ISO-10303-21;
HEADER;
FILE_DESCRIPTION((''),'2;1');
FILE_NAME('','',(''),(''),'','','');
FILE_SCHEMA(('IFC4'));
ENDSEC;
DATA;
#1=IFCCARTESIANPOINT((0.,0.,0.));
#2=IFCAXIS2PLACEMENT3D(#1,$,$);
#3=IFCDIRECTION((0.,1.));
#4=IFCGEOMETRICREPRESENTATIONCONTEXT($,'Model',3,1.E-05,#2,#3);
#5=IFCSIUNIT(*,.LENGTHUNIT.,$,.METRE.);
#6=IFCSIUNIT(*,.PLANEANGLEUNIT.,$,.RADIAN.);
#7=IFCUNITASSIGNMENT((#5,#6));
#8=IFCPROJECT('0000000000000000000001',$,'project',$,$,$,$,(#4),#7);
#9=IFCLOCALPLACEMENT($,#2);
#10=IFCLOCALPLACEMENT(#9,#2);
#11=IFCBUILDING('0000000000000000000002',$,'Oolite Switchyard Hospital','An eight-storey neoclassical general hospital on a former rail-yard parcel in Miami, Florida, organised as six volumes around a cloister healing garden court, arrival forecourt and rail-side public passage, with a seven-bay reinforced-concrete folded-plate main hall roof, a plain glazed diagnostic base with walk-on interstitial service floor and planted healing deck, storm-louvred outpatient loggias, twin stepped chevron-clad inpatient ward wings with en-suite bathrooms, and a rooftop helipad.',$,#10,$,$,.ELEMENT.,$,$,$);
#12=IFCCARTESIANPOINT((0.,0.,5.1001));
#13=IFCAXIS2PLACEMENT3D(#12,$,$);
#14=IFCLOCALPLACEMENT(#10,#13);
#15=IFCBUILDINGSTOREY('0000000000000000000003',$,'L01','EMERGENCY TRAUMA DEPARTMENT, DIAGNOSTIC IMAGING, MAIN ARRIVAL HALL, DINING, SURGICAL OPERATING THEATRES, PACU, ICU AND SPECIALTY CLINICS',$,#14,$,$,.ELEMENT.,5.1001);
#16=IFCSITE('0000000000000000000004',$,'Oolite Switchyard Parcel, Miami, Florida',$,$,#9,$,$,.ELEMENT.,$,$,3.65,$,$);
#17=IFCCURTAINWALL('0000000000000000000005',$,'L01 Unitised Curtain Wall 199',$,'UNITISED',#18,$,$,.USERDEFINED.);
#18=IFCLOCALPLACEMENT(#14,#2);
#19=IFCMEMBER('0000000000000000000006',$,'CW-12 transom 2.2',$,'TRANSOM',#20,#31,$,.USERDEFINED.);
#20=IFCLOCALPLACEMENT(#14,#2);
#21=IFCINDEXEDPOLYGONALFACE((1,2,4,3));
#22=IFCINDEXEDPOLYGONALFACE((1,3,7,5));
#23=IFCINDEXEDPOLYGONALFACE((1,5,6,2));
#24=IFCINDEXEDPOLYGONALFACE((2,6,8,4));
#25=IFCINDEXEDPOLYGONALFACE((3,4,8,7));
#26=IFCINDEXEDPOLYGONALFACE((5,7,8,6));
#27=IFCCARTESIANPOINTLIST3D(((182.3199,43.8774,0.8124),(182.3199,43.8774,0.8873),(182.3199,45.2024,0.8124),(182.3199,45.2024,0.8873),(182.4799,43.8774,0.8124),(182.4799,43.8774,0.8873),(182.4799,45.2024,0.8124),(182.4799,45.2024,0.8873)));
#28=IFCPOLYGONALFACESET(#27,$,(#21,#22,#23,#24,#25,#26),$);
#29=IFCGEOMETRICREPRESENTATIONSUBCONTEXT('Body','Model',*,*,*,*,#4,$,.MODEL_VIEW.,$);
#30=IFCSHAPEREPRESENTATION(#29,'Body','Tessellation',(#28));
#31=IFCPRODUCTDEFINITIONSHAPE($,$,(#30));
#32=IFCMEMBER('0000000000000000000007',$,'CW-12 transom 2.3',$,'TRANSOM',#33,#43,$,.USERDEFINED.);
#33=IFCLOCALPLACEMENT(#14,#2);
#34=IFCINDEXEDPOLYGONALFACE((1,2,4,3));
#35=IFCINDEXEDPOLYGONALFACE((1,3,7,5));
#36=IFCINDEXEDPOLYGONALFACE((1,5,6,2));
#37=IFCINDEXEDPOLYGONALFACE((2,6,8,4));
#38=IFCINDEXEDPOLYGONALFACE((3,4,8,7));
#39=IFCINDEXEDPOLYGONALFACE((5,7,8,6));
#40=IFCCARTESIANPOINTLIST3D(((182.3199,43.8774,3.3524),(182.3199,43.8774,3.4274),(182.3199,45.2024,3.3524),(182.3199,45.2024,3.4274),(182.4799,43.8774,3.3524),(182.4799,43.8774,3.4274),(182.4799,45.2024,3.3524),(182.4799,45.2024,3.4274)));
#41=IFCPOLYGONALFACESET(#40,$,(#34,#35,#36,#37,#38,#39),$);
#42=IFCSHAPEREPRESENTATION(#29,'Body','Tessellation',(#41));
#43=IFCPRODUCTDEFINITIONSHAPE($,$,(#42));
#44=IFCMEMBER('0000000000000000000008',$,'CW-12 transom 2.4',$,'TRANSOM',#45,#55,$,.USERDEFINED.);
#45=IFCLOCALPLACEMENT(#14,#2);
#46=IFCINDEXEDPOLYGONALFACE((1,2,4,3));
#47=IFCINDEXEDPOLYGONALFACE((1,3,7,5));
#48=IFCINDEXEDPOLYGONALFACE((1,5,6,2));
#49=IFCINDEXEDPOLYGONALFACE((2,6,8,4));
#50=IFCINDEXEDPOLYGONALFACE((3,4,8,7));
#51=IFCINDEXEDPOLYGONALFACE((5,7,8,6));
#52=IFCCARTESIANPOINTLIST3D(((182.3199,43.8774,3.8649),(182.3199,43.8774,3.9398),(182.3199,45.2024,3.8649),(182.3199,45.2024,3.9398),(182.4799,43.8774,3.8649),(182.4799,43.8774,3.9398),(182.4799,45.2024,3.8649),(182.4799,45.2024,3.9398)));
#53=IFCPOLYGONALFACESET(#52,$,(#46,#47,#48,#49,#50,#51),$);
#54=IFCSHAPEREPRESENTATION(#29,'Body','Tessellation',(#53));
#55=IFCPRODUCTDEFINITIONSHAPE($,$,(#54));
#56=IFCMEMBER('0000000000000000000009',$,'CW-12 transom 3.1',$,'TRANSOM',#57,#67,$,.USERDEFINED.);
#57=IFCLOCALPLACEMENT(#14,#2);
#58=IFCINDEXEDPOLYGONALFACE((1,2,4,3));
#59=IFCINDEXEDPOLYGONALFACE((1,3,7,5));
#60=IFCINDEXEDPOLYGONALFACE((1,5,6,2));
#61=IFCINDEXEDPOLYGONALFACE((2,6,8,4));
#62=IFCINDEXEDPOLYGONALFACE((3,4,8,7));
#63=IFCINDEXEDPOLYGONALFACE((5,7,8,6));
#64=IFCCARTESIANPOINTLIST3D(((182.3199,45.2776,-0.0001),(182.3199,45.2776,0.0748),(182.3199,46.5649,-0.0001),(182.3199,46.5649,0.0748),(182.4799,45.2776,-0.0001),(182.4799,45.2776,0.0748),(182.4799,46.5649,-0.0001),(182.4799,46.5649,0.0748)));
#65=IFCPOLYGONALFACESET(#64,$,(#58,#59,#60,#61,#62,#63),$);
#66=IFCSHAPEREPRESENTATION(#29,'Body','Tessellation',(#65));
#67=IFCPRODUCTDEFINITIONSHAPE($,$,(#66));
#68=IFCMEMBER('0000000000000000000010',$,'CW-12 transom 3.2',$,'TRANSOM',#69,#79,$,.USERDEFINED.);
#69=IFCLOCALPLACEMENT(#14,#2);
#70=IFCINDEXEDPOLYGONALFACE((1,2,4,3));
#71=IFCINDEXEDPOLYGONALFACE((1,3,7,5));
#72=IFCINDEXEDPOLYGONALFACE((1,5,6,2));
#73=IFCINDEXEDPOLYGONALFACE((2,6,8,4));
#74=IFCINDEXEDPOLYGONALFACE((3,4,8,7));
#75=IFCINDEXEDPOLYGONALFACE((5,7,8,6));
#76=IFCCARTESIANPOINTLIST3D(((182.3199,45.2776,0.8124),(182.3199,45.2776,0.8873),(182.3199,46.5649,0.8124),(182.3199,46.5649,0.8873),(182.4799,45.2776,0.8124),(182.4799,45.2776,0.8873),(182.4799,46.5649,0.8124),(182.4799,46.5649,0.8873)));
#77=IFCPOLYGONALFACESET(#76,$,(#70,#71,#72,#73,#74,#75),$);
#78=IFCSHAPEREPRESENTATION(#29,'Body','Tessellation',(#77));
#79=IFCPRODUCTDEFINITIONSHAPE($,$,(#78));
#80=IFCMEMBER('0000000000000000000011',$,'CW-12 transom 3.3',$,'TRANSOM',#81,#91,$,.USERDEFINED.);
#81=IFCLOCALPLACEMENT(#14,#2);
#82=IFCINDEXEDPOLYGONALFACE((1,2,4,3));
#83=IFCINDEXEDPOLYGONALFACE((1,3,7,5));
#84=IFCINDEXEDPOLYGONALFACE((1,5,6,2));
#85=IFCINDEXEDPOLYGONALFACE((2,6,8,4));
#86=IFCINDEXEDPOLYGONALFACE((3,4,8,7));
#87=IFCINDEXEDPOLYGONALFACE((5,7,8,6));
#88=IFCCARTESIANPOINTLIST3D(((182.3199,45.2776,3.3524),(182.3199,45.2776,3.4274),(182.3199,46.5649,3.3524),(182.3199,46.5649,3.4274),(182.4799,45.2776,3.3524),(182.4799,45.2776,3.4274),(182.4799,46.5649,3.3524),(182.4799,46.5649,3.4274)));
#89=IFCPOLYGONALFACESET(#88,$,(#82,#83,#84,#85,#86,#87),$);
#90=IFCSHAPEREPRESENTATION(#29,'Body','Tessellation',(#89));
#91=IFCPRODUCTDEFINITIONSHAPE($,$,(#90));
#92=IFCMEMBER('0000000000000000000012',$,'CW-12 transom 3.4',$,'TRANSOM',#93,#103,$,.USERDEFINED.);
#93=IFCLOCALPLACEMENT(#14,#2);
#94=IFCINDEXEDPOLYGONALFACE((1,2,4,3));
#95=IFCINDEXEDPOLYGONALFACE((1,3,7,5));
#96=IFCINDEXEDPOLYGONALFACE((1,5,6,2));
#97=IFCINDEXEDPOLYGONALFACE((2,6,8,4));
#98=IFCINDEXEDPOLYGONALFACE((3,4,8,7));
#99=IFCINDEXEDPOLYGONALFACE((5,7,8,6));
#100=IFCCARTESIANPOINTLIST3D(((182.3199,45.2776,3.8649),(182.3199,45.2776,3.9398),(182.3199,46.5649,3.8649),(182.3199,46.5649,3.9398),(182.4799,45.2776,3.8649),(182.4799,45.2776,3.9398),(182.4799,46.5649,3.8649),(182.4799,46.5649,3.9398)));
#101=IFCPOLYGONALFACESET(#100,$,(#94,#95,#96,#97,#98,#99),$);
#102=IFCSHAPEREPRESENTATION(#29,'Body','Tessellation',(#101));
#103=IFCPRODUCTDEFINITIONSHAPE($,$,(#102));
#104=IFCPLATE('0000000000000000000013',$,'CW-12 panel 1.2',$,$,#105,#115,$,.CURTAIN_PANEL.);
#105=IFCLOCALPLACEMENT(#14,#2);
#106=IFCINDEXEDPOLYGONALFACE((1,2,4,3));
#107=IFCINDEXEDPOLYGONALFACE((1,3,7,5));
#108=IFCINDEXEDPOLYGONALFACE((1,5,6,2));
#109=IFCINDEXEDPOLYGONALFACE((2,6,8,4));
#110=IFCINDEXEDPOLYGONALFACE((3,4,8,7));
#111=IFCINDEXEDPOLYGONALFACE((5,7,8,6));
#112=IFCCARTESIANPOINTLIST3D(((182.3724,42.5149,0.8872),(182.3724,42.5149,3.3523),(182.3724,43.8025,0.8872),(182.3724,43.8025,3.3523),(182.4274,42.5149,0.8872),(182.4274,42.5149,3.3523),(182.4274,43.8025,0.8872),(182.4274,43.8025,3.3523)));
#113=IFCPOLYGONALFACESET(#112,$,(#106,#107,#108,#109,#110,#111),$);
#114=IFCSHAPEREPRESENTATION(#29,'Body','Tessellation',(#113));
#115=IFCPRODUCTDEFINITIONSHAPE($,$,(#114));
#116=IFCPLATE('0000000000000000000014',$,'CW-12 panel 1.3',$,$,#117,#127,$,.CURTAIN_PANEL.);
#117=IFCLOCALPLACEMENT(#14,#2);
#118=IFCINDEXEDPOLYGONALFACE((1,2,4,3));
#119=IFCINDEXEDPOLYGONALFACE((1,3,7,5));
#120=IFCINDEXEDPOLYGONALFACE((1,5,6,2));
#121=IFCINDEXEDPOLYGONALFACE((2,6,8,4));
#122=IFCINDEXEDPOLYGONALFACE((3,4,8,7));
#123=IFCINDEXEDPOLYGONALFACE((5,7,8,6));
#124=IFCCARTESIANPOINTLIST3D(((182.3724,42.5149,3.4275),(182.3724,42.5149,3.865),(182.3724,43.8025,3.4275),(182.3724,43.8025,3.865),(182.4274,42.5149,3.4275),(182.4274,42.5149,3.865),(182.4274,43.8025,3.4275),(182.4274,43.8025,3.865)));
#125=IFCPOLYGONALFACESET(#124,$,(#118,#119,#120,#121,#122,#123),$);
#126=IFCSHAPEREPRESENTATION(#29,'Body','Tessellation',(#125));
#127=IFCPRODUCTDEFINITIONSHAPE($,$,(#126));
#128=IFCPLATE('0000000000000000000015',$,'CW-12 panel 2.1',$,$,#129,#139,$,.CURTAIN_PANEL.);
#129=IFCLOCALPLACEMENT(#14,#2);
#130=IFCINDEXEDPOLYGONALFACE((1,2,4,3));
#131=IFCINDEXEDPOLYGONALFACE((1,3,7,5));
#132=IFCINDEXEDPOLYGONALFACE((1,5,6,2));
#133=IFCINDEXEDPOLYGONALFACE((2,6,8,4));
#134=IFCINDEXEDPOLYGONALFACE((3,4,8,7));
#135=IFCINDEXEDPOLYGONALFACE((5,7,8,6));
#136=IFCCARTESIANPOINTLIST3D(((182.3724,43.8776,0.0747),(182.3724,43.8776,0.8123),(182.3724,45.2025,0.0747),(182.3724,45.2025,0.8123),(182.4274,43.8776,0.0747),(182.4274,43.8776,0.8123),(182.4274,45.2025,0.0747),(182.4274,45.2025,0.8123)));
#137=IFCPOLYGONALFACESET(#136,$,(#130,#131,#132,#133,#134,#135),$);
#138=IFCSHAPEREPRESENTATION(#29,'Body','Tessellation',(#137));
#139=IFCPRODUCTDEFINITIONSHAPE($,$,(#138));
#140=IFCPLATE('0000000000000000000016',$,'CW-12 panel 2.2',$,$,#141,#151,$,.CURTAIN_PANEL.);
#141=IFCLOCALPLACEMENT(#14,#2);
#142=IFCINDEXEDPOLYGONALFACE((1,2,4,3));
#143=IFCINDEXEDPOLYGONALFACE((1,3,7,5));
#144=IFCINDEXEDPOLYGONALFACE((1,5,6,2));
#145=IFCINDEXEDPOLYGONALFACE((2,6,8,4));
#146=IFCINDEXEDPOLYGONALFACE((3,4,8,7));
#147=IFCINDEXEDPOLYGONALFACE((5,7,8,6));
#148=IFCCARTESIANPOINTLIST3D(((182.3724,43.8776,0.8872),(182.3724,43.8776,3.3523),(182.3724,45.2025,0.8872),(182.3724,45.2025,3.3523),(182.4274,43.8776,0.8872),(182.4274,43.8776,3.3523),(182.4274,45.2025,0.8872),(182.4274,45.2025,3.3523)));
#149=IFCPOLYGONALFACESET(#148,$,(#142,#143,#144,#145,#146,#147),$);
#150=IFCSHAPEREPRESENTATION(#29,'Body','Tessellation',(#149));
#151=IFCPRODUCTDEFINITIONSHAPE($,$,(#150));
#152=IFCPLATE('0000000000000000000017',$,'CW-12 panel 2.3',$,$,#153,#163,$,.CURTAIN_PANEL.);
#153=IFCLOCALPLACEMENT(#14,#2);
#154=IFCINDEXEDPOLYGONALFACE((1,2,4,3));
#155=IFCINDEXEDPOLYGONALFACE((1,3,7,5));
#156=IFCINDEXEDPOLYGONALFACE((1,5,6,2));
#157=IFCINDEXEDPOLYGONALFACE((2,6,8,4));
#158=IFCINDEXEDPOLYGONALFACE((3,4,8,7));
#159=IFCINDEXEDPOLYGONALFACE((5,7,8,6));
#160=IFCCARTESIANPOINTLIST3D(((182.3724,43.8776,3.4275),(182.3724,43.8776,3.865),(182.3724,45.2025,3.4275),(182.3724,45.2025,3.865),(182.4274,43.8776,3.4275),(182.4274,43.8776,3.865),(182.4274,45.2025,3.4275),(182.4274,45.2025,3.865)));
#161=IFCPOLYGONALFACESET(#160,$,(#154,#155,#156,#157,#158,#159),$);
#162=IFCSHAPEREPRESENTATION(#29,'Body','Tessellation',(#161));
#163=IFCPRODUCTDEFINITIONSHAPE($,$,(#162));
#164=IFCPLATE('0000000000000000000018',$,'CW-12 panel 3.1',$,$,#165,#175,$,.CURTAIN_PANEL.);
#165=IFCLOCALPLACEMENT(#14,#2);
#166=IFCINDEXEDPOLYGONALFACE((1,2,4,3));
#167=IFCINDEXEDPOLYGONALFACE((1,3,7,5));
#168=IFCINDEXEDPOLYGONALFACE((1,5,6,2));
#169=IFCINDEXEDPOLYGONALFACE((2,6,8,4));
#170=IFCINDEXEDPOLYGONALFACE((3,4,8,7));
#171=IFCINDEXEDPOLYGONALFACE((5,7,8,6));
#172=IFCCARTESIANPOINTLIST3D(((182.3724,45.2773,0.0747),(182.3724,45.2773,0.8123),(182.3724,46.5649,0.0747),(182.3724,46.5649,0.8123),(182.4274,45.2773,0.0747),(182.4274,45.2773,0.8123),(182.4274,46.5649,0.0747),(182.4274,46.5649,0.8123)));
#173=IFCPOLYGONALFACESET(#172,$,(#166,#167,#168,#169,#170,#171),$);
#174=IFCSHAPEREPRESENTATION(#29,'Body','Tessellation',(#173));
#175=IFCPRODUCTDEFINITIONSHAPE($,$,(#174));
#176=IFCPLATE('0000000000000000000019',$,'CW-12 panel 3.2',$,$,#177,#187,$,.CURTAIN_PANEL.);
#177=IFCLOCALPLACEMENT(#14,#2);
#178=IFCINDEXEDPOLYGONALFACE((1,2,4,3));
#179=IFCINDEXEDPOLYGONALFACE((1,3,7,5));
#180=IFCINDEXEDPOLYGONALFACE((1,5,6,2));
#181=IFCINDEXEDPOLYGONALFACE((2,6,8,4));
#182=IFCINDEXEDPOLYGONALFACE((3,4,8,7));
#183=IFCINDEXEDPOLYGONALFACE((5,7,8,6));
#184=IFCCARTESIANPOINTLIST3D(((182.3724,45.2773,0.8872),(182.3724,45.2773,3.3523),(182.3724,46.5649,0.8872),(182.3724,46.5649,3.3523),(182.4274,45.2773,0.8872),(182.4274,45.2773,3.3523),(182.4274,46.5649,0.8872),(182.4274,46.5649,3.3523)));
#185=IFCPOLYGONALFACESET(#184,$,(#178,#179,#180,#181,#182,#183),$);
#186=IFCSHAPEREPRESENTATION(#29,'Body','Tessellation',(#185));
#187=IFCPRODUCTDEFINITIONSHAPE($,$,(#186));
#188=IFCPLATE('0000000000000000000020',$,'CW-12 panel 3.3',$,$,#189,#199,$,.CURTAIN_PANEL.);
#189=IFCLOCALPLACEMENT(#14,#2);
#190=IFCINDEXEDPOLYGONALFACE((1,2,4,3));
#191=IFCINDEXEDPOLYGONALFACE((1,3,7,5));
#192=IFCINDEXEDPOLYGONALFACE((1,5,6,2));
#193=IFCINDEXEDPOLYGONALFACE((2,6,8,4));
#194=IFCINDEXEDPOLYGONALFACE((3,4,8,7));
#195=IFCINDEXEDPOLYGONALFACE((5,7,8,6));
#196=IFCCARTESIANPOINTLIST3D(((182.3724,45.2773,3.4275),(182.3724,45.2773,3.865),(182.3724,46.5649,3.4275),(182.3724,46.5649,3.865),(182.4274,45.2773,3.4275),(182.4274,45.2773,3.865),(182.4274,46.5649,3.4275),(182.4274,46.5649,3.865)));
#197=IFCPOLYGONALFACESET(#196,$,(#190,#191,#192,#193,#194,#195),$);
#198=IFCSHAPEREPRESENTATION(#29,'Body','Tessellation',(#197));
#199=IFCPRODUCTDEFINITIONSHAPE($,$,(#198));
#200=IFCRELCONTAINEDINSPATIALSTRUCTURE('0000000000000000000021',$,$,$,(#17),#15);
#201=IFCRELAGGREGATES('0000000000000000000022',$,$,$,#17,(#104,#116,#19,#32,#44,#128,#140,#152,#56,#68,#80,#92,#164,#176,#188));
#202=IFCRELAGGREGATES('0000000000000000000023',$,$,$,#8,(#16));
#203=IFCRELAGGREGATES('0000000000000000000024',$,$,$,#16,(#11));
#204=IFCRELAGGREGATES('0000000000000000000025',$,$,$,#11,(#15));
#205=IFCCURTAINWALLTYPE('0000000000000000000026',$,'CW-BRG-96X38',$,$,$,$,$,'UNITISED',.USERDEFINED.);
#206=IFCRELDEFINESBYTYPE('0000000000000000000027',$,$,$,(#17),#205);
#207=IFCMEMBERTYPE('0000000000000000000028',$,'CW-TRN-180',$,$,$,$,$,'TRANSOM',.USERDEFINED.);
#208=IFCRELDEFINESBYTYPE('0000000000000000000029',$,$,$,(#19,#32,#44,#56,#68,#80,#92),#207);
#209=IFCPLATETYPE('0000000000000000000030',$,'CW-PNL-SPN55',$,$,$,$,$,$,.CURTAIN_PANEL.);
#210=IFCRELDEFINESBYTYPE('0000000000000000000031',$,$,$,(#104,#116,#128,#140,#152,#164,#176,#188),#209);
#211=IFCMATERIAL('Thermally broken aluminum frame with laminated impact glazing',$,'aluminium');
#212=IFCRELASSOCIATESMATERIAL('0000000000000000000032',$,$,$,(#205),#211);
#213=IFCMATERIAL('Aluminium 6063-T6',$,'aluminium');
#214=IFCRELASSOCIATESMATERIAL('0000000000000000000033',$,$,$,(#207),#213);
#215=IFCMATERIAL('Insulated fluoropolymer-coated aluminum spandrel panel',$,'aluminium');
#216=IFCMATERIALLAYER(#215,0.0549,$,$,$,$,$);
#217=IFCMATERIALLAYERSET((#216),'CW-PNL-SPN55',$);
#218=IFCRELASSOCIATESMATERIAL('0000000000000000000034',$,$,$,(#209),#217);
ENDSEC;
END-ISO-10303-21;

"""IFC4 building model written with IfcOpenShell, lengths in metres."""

from ifc_helpers import new_model, si_unit, direction, frame, origin, origin_2d, place, context, subcontext, project, spatial, rectangle, extrude, material, layer, layer_set, material_profile, profile_set, type_object, element, aggregate, save


model = new_model("IFC4")

# Units and contexts
model_context = context("Model", 3, precision=1e-05, world=origin(), true_north=direction((0.0, 1.0)))
body_context = subcontext(model_context, "Body", "Model", "MODEL_VIEW")
ifc_project = project(units=[si_unit("LENGTHUNIT", "METRE"), si_unit("PLANEANGLEUNIT", "RADIAN")], contexts=[model_context])

# Site, building, storey
site_placement = place(None, origin())
site = spatial("IfcSite", under=ifc_project, at=site_placement, Name="Oolite Switchyard Parcel, Miami, Florida", CompositionType="ELEMENT", RefElevation=3.65)
building_placement = place(site_placement, origin())
building = spatial("IfcBuilding", under=site, at=building_placement, Name="Oolite Switchyard Hospital", Description="An eight-storey neoclassical general hospital on a former rail-yard parcel in Miami, Florida, organised as six volumes around a cloister healing garden court, arrival forecourt and rail-side public passage, with a seven-bay reinforced-concrete folded-plate main hall roof, a plain glazed diagnostic base with walk-on interstitial service floor and planted healing deck, storm-louvred outpatient loggias, twin stepped chevron-clad inpatient ward wings with en-suite bathrooms, and a rooftop helipad.", CompositionType="ELEMENT")
storey_placement = place(building_placement, frame((0.0, 0.0, 5.1001)))
storey = spatial("IfcBuildingStorey", under=building, at=storey_placement, Name="L01", Description="EMERGENCY TRAUMA DEPARTMENT, DIAGNOSTIC IMAGING, MAIN ARRIVAL HALL, DINING, SURGICAL OPERATING THEATRES, PACU, ICU AND SPECIALTY CLINICS", CompositionType="ELEMENT", Elevation=5.1001)

# Curtain wall, members, plates
ifc_material_1 = material(Name="Thermally broken aluminum frame with laminated impact glazing", Category="aluminium")
curtain_wall_type = type_object("IfcCurtainWallType", Name="CW-BRG-96X38", ElementType="UNITISED", PredefinedType="USERDEFINED", material=ifc_material_1)
curtain_wall_placement = place(storey_placement, origin())
curtain_wall = element("IfcCurtainWall", 1, at=curtain_wall_placement, inside=storey, type_object=curtain_wall_type, Name="L01 Unitised Curtain Wall 199", ObjectType="UNITISED", PredefinedType="USERDEFINED")
ifc_material_2 = material(Name="Aluminium 6063-T6", Category="aluminium")
ifc_material_profile_1 = material_profile(ifc_material_2, rectangle(XDim=0.1599, YDim=0.075, at=origin_2d()), Name="CWT75X160")
ifc_profile_set_1 = profile_set([ifc_material_profile_1], Name="Aluminium 6063-T6")
member_type_1 = type_object("IfcMemberType", Name="CW-TRN-180", ElementType="TRANSOM", PredefinedType="USERDEFINED", material=ifc_profile_set_1)
member_1_placement = place(storey_placement, frame((182.3999, 43.8774, 0.8499), z_axis=(0.0, 1.0, 0.0), x_axis=(-1.0, 0.0, 0.0)))
member_1 = element("IfcMember", 2, at=member_1_placement, type_object=member_type_1, Name="CW-12 transom 2.2", ObjectType="TRANSOM", PredefinedType="USERDEFINED", context=body_context, shape_type="SweptSolid", body=[
    extrude(rectangle(XDim=0.1599, YDim=0.075, at=origin_2d()), origin(), (0.0, 0.0, 1.0), 1.325),
])
member_2_placement = place(storey_placement, frame((182.3999, 43.8774, 3.3899), z_axis=(0.0, 1.0, 0.0), x_axis=(-1.0, 0.0, 0.0)))
member_2 = element("IfcMember", 3, at=member_2_placement, type_object=member_type_1, Name="CW-12 transom 2.3", ObjectType="TRANSOM", PredefinedType="USERDEFINED", context=body_context, shape_type="SweptSolid", body=[
    extrude(rectangle(XDim=0.1599, YDim=0.075, at=origin_2d()), origin(), (0.0, 0.0, 1.0), 1.325),
])
member_3_placement = place(storey_placement, frame((182.3999, 43.8774, 3.9023), z_axis=(0.0, 1.0, 0.0), x_axis=(-1.0, 0.0, 0.0)))
member_3 = element("IfcMember", 4, at=member_3_placement, type_object=member_type_1, Name="CW-12 transom 2.4", ObjectType="TRANSOM", PredefinedType="USERDEFINED", context=body_context, shape_type="SweptSolid", body=[
    extrude(rectangle(XDim=0.1599, YDim=0.075, at=origin_2d()), origin(), (0.0, 0.0, 1.0), 1.325),
])
member_4_placement = place(storey_placement, frame((182.3999, 45.2776, 0.0374), z_axis=(0.0, 1.0, 0.0), x_axis=(-1.0, 0.0, 0.0)))
member_4 = element("IfcMember", 5, at=member_4_placement, type_object=member_type_1, Name="CW-12 transom 3.1", ObjectType="TRANSOM", PredefinedType="USERDEFINED", context=body_context, shape_type="SweptSolid", body=[
    extrude(rectangle(XDim=0.1599, YDim=0.075, at=origin_2d()), origin(), (0.0, 0.0, 1.0), 1.2874),
])
member_5_placement = place(storey_placement, frame((182.3999, 45.2776, 0.8499), z_axis=(0.0, 1.0, 0.0), x_axis=(-1.0, 0.0, 0.0)))
member_5 = element("IfcMember", 6, at=member_5_placement, type_object=member_type_1, Name="CW-12 transom 3.2", ObjectType="TRANSOM", PredefinedType="USERDEFINED", context=body_context, shape_type="SweptSolid", body=[
    extrude(rectangle(XDim=0.1599, YDim=0.075, at=origin_2d()), origin(), (0.0, 0.0, 1.0), 1.2874),
])
member_6_placement = place(storey_placement, frame((182.3999, 45.2776, 3.3899), z_axis=(0.0, 1.0, 0.0), x_axis=(-1.0, 0.0, 0.0)))
member_6 = element("IfcMember", 7, at=member_6_placement, type_object=member_type_1, Name="CW-12 transom 3.3", ObjectType="TRANSOM", PredefinedType="USERDEFINED", context=body_context, shape_type="SweptSolid", body=[
    extrude(rectangle(XDim=0.1599, YDim=0.075, at=origin_2d()), origin(), (0.0, 0.0, 1.0), 1.2874),
])
member_7_placement = place(storey_placement, frame((182.3999, 45.2776, 3.9023), z_axis=(0.0, 1.0, 0.0), x_axis=(-1.0, 0.0, 0.0)))
member_7 = element("IfcMember", 8, at=member_7_placement, type_object=member_type_1, Name="CW-12 transom 3.4", ObjectType="TRANSOM", PredefinedType="USERDEFINED", context=body_context, shape_type="SweptSolid", body=[
    extrude(rectangle(XDim=0.1599, YDim=0.075, at=origin_2d()), origin(), (0.0, 0.0, 1.0), 1.2874),
])
ifc_material_3 = material(Name="Insulated fluoropolymer-coated aluminum spandrel panel", Category="aluminium")
ifc_layer = layer(ifc_material_3, 0.0549)
ifc_layer_set = layer_set([ifc_layer], Name="CW-PNL-SPN55")
plate_type = type_object("IfcPlateType", Name="CW-PNL-SPN55", PredefinedType="CURTAIN_PANEL", material=ifc_layer_set)
plate_1_placement = place(storey_placement, frame((182.3999, 43.1587, 0.8872), z_axis=(0.0, 0.0, 1.0), x_axis=(0.0, 1.0, 0.0)))
plate_1 = element("IfcPlate", 9, at=plate_1_placement, type_object=plate_type, Name="CW-12 panel 1.2", PredefinedType="CURTAIN_PANEL", context=body_context, shape_type="SweptSolid", body=[
    extrude(rectangle(XDim=1.2876, YDim=0.0549, at=origin_2d()), origin(), (0.0, 0.0, 1.0), 2.4651),
])
plate_2_placement = place(storey_placement, frame((182.3999, 43.1587, 3.4275), z_axis=(0.0, 0.0, 1.0), x_axis=(0.0, 1.0, 0.0)))
plate_2 = element("IfcPlate", 10, at=plate_2_placement, type_object=plate_type, Name="CW-12 panel 1.3", PredefinedType="CURTAIN_PANEL", context=body_context, shape_type="SweptSolid", body=[
    extrude(rectangle(XDim=1.2876, YDim=0.0549, at=origin_2d()), origin(), (0.0, 0.0, 1.0), 0.4375),
])
plate_3_placement = place(storey_placement, frame((182.3999, 44.54, 0.0747), z_axis=(0.0, 0.0, 1.0), x_axis=(0.0, 1.0, 0.0)))
plate_3 = element("IfcPlate", 11, at=plate_3_placement, type_object=plate_type, Name="CW-12 panel 2.1", PredefinedType="CURTAIN_PANEL", context=body_context, shape_type="SweptSolid", body=[
    extrude(rectangle(XDim=1.325, YDim=0.0549, at=origin_2d()), origin(), (0.0, 0.0, 1.0), 0.7375),
])
plate_4_placement = place(storey_placement, frame((182.3999, 44.54, 0.8872), z_axis=(0.0, 0.0, 1.0), x_axis=(0.0, 1.0, 0.0)))
plate_4 = element("IfcPlate", 12, at=plate_4_placement, type_object=plate_type, Name="CW-12 panel 2.2", PredefinedType="CURTAIN_PANEL", context=body_context, shape_type="SweptSolid", body=[
    extrude(rectangle(XDim=1.325, YDim=0.0549, at=origin_2d()), origin(), (0.0, 0.0, 1.0), 2.4651),
])
plate_5_placement = place(storey_placement, frame((182.3999, 44.54, 3.4275), z_axis=(0.0, 0.0, 1.0), x_axis=(0.0, 1.0, 0.0)))
plate_5 = element("IfcPlate", 13, at=plate_5_placement, type_object=plate_type, Name="CW-12 panel 2.3", PredefinedType="CURTAIN_PANEL", context=body_context, shape_type="SweptSolid", body=[
    extrude(rectangle(XDim=1.325, YDim=0.0549, at=origin_2d()), origin(), (0.0, 0.0, 1.0), 0.4375),
])
plate_6_placement = place(storey_placement, frame((182.3999, 45.9211, 0.0747), z_axis=(0.0, 0.0, 1.0), x_axis=(0.0, 1.0, 0.0)))
plate_6 = element("IfcPlate", 14, at=plate_6_placement, type_object=plate_type, Name="CW-12 panel 3.1", PredefinedType="CURTAIN_PANEL", context=body_context, shape_type="SweptSolid", body=[
    extrude(rectangle(XDim=1.2876, YDim=0.0549, at=origin_2d()), origin(), (0.0, 0.0, 1.0), 0.7375),
])
plate_7_placement = place(storey_placement, frame((182.3999, 45.9211, 0.8872), z_axis=(0.0, 0.0, 1.0), x_axis=(0.0, 1.0, 0.0)))
plate_7 = element("IfcPlate", 15, at=plate_7_placement, type_object=plate_type, Name="CW-12 panel 3.2", PredefinedType="CURTAIN_PANEL", context=body_context, shape_type="SweptSolid", body=[
    extrude(rectangle(XDim=1.2876, YDim=0.0549, at=origin_2d()), origin(), (0.0, 0.0, 1.0), 2.4651),
])
plate_8_placement = place(storey_placement, frame((182.3999, 45.9211, 3.4275), z_axis=(0.0, 0.0, 1.0), x_axis=(0.0, 1.0, 0.0)))
plate_8 = element("IfcPlate", 16, at=plate_8_placement, type_object=plate_type, Name="CW-12 panel 3.3", PredefinedType="CURTAIN_PANEL", context=body_context, shape_type="SweptSolid", body=[
    extrude(rectangle(XDim=1.2876, YDim=0.0549, at=origin_2d()), origin(), (0.0, 0.0, 1.0), 0.4375),
])
aggregate(curtain_wall, [plate_1, plate_2, member_1, member_2, member_3, plate_3, plate_4, plate_5, member_4, member_5, member_6, member_7, plate_6, plate_7, plate_8])

save(model, "model.ifc")
